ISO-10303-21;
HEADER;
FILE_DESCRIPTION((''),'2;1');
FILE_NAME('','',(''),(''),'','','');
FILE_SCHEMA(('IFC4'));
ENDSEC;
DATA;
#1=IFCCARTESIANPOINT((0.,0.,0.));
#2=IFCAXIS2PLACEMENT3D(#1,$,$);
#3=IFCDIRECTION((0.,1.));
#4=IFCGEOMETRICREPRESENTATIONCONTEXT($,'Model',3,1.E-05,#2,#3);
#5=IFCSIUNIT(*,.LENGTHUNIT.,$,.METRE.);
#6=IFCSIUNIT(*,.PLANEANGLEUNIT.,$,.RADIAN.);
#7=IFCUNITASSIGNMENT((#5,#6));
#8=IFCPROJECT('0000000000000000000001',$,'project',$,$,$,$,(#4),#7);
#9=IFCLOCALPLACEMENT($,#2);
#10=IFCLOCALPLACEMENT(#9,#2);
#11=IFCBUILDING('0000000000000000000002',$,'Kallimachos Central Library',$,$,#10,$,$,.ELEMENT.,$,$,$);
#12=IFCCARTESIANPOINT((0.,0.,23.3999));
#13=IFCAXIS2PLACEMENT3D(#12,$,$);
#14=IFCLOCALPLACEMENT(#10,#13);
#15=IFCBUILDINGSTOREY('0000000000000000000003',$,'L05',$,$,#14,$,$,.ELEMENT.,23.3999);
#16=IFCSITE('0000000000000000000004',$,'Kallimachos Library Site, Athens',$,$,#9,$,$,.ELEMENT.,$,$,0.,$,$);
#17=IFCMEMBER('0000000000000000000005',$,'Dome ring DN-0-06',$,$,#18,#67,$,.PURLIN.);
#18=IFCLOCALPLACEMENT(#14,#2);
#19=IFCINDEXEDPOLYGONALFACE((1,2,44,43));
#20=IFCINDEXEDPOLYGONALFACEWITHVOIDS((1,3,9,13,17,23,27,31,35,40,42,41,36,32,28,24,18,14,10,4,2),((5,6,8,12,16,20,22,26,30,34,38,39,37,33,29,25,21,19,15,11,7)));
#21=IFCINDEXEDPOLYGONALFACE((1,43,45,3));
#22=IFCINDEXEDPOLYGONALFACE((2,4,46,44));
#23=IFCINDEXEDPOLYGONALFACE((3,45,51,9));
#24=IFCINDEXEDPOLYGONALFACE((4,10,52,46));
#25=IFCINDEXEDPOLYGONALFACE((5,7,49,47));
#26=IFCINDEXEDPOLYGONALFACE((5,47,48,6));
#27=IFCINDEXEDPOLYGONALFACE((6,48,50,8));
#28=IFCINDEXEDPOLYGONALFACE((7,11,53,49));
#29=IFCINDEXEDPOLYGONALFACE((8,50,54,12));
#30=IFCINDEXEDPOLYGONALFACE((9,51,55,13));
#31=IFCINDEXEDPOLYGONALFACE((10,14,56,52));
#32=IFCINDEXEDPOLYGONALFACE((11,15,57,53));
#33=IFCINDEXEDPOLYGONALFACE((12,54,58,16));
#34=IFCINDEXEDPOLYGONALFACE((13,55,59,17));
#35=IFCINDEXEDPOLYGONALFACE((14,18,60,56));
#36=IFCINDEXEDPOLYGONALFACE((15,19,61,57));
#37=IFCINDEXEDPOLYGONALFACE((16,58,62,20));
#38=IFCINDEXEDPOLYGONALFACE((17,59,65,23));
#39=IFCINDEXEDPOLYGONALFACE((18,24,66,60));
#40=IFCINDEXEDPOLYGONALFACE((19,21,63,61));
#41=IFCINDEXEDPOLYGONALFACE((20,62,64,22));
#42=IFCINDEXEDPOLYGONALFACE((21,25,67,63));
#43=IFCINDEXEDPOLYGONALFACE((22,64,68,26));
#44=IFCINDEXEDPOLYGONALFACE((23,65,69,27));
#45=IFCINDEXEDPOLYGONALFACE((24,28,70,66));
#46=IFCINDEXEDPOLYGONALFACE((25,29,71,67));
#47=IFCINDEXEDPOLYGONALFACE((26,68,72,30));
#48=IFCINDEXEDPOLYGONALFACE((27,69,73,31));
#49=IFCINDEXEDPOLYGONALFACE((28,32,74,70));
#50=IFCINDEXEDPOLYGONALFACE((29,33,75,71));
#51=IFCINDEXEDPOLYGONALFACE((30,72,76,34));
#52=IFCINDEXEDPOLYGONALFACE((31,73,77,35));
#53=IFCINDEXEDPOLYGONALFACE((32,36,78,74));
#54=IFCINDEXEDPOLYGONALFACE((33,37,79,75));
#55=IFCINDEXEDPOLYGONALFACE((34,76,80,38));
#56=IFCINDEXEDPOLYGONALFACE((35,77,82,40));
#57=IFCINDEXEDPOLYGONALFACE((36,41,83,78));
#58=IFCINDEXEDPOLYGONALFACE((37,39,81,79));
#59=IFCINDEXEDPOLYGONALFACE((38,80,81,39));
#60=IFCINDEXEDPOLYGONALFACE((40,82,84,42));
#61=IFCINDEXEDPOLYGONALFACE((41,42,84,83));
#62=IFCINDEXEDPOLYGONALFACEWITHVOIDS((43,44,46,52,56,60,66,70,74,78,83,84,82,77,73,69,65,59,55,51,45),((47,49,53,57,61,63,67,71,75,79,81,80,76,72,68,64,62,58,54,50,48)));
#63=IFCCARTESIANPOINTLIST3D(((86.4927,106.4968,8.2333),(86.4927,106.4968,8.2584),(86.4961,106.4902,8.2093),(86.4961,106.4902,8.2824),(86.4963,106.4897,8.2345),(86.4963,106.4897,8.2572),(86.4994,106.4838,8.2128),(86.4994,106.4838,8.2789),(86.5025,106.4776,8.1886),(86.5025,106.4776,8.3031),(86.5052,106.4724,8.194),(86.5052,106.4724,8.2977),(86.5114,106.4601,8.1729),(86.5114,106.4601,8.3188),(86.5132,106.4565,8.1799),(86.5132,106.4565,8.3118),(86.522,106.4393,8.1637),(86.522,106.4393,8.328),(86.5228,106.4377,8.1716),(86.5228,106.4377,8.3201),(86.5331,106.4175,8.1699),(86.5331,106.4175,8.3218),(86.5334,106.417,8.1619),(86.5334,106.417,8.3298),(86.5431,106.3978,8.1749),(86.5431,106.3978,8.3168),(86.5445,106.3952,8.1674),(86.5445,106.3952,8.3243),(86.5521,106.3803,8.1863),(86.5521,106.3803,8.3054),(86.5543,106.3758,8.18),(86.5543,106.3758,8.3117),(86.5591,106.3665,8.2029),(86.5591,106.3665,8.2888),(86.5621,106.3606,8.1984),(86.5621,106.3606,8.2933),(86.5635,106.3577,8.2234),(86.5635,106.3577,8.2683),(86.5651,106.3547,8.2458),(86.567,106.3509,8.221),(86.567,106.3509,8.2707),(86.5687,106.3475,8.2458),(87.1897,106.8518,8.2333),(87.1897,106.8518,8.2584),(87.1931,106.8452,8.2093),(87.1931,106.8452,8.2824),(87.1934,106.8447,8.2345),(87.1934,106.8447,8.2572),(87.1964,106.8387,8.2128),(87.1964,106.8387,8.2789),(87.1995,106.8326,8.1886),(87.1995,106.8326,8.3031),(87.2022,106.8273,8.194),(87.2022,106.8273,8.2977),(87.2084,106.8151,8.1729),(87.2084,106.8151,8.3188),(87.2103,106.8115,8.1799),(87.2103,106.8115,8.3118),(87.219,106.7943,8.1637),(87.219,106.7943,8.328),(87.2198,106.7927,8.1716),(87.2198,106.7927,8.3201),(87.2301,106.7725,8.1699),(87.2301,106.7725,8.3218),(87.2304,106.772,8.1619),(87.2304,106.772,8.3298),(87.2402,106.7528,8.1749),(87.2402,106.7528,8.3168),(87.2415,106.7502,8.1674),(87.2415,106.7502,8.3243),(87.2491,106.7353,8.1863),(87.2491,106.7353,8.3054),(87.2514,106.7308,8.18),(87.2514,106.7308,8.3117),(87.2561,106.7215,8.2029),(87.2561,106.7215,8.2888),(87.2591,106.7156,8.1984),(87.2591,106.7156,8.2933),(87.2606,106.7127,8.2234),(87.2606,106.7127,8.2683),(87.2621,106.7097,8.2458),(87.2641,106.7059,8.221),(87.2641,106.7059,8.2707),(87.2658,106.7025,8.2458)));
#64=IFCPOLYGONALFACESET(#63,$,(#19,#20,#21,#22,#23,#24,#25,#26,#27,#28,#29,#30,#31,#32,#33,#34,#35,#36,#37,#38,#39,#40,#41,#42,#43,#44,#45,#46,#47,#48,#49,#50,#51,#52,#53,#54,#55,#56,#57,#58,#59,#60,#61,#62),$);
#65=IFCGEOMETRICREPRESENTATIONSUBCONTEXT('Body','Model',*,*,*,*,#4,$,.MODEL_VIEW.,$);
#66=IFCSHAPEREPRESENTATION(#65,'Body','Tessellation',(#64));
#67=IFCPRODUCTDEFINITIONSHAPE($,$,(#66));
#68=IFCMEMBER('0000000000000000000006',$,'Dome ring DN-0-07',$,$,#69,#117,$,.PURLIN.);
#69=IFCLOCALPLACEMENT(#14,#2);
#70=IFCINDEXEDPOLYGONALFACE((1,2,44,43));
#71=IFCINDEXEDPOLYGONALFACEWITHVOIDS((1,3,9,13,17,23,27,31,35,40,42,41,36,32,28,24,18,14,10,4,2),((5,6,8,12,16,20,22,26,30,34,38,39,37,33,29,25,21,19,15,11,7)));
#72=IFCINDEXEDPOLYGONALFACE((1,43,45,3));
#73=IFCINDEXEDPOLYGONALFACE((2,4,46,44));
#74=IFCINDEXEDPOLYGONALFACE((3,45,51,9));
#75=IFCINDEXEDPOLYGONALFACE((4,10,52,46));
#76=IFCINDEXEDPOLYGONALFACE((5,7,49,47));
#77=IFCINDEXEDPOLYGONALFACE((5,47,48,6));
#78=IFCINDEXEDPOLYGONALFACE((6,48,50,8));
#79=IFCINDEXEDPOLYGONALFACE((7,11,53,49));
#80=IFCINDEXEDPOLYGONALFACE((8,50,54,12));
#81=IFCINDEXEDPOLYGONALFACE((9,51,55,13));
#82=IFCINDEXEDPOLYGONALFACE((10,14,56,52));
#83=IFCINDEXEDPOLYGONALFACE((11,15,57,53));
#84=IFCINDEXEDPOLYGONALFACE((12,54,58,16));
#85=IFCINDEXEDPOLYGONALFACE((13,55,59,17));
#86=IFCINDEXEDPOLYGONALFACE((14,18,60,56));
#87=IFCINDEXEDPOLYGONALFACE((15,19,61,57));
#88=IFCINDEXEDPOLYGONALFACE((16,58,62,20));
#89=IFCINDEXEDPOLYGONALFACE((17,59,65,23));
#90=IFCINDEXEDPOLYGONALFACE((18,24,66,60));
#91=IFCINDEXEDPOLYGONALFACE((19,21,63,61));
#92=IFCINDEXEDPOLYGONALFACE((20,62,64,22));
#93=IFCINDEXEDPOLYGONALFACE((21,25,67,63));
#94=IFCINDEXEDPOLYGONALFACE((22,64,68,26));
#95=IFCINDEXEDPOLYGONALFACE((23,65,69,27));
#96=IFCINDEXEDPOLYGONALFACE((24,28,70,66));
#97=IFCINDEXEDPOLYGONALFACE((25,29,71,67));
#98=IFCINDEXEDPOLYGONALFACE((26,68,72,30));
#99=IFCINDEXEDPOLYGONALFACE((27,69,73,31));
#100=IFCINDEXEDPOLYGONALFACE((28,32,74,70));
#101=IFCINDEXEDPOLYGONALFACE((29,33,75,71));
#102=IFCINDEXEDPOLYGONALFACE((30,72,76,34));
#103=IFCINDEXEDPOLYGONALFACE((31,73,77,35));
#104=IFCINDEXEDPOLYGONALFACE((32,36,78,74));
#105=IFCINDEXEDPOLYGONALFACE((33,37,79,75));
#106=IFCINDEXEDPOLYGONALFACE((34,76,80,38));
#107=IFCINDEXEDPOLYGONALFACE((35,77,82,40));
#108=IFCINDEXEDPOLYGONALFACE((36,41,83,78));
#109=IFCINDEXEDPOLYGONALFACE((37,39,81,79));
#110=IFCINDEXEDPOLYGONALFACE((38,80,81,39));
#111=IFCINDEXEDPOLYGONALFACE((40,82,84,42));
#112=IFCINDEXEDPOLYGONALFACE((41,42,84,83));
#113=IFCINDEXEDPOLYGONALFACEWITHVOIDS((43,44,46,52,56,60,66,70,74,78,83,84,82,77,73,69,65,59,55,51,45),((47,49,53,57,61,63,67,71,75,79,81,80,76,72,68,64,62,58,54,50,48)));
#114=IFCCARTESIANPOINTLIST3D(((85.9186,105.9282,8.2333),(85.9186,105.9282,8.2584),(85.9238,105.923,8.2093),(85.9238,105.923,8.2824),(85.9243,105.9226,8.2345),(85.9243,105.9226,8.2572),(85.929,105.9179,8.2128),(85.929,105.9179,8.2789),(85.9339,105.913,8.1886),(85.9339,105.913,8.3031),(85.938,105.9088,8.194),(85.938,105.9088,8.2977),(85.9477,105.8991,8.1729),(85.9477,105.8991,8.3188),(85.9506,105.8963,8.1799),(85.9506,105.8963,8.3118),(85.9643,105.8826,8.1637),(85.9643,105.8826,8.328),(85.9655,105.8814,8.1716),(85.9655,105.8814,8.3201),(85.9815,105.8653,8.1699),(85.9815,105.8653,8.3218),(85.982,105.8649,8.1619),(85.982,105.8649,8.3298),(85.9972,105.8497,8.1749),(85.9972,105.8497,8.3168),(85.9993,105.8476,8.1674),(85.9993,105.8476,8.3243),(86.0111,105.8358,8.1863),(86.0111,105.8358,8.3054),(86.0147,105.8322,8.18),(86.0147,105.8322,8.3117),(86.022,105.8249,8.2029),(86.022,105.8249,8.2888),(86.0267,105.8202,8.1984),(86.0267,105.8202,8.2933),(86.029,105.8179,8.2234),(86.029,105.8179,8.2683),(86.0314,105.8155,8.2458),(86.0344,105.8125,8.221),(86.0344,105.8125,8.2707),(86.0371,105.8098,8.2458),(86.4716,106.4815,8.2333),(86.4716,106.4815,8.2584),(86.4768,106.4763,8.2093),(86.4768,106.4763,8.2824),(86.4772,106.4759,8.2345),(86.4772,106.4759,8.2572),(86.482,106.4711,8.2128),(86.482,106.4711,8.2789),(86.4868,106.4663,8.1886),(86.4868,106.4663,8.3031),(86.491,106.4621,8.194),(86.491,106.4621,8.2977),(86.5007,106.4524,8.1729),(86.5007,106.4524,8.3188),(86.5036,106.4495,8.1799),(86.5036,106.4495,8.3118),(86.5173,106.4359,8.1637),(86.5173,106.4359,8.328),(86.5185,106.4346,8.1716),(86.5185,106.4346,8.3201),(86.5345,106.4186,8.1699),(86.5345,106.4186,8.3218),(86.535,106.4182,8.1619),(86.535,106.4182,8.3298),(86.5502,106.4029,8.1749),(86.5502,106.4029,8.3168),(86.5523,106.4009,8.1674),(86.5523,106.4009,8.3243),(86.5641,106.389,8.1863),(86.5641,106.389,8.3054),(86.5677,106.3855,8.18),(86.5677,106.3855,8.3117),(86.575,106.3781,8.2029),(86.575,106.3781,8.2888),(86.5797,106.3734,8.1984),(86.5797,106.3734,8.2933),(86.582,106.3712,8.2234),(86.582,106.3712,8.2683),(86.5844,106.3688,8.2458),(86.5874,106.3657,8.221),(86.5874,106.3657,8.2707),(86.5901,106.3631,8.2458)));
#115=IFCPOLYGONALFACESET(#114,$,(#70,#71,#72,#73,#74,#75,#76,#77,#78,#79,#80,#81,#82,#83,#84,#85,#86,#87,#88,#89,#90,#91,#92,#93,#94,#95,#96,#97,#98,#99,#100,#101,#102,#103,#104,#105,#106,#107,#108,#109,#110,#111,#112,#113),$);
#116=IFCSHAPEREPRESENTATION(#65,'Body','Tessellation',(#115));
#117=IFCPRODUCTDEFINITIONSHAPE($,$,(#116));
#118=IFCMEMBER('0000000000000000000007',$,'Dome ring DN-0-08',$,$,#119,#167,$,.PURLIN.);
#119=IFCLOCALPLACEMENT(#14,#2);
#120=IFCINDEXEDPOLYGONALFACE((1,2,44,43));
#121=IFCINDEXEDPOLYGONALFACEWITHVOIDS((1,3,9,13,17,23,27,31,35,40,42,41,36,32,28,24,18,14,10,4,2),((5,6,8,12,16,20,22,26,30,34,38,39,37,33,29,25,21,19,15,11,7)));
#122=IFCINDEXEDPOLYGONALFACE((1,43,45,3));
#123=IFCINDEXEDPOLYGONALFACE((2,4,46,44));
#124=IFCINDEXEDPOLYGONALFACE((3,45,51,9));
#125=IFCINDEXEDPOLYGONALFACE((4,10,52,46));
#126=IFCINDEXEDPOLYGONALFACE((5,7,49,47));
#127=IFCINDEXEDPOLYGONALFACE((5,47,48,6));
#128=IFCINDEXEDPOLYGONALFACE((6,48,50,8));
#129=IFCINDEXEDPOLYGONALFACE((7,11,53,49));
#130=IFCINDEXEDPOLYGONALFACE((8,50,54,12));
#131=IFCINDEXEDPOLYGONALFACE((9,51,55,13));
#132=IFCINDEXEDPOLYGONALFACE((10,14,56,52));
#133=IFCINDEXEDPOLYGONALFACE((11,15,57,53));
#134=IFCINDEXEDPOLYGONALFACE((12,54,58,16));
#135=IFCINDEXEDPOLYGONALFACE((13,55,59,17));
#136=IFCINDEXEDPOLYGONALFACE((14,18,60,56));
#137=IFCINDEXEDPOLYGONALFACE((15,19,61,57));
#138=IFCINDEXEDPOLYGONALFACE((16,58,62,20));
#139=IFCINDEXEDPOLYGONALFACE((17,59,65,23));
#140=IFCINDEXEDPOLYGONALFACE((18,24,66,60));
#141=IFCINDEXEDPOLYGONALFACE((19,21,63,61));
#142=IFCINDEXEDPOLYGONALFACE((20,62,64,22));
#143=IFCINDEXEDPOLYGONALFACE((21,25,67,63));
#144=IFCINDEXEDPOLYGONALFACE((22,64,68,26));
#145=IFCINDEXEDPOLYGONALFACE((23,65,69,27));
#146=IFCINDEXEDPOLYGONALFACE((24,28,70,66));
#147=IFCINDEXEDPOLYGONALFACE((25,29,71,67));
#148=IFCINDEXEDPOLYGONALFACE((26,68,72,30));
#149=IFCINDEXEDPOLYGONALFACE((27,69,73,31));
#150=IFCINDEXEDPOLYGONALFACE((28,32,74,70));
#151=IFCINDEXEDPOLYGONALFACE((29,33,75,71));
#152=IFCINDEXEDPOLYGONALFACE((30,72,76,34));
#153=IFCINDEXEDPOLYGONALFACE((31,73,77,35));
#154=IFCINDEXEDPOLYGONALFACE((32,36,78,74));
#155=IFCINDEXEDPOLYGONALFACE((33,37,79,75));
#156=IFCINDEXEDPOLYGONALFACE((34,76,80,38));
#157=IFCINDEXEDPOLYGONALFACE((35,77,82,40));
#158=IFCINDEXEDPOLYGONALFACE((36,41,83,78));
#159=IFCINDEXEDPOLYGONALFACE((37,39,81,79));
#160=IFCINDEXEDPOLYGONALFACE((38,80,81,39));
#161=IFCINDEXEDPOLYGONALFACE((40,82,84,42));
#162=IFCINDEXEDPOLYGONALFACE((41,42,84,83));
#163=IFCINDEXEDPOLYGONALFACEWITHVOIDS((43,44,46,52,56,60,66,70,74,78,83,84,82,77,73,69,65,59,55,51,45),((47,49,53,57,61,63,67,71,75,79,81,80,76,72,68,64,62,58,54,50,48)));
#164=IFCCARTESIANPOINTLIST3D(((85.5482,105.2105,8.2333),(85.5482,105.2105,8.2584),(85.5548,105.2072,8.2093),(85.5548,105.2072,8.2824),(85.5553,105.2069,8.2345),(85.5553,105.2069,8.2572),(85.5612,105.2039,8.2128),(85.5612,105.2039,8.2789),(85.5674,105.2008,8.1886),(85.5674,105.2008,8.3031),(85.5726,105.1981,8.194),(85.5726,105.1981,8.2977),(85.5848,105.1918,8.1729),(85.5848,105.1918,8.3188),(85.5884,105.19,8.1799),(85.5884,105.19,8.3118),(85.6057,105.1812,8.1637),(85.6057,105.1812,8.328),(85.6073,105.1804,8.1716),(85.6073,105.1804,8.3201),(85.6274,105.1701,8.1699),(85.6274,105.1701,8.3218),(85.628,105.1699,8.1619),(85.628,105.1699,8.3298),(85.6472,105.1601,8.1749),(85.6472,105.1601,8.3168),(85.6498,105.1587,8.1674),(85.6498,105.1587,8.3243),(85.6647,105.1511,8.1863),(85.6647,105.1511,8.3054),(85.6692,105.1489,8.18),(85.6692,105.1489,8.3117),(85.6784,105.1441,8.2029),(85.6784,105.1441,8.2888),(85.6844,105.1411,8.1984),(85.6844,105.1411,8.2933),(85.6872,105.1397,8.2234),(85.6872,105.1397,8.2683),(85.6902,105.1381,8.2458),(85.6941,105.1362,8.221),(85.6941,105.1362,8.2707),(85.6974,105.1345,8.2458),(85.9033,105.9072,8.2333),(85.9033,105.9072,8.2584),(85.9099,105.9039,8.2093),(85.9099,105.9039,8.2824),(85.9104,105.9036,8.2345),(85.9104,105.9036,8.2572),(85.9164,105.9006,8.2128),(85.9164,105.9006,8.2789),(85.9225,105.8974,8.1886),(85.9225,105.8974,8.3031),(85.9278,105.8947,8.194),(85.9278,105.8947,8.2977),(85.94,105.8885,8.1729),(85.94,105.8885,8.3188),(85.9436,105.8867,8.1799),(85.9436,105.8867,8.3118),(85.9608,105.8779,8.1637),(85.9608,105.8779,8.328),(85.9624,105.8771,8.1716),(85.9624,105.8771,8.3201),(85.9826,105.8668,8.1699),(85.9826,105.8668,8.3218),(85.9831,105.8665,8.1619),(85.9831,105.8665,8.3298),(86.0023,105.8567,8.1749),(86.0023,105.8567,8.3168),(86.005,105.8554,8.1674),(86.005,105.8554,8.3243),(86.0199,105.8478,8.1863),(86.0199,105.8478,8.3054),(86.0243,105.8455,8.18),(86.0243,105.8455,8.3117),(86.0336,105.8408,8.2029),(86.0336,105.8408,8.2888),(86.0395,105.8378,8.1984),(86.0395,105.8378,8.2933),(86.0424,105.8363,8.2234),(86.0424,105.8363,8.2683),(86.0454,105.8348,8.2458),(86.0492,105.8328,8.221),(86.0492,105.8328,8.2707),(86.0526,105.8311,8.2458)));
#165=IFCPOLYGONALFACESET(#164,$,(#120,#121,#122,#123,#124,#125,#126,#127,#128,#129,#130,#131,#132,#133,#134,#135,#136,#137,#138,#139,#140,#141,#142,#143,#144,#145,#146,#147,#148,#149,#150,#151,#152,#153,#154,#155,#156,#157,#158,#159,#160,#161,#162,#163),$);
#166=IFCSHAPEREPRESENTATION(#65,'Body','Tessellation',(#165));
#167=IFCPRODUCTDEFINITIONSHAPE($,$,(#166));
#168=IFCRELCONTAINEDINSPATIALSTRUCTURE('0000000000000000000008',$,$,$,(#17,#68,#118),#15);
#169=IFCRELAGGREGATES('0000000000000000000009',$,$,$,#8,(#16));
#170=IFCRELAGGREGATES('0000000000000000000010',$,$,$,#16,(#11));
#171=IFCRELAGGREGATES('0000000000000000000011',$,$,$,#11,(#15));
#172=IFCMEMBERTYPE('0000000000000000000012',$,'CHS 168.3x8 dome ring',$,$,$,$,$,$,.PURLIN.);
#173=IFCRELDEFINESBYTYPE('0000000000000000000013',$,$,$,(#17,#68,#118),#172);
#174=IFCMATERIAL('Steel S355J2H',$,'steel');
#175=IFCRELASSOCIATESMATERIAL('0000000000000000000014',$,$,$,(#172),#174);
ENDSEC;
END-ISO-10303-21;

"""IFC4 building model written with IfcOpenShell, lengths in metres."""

from ifc_helpers import new_model, si_unit, direction, frame, origin, origin_2d, place, context, subcontext, project, spatial, hollow_circle, extrude, material, material_profile, profile_set, type_object, element, save


model = new_model("IFC4")

# Units and contexts
model_context = context("Model", 3, precision=1e-05, world=origin(), true_north=direction((0.0, 1.0)))
body_context = subcontext(model_context, "Body", "Model", "MODEL_VIEW")
ifc_project = project(units=[si_unit("LENGTHUNIT", "METRE"), si_unit("PLANEANGLEUNIT", "RADIAN")], contexts=[model_context])

# Site, building, storey
site_placement = place(None, origin())
site = spatial("IfcSite", under=ifc_project, at=site_placement, Name="Kallimachos Library Site, Athens", CompositionType="ELEMENT", RefElevation=0.0)
building_placement = place(site_placement, origin())
building = spatial("IfcBuilding", under=site, at=building_placement, Name="Kallimachos Central Library", CompositionType="ELEMENT")
storey_placement = place(building_placement, frame((0.0, 0.0, 23.3999)))
storey = spatial("IfcBuildingStorey", under=building, at=storey_placement, Name="L05", CompositionType="ELEMENT", Elevation=23.3999)

# Members
ifc_material_1 = material(Name="Steel S355J2H", Category="steel")
ifc_material_profile_1 = material_profile(ifc_material_1, hollow_circle(Radius=0.0842, WallThickness=0.0081, at=origin_2d()), Name="CHS 168.3x8")
ifc_profile_set_1 = profile_set([ifc_material_profile_1], Name="Steel S355J2H")
member_type_1 = type_object("IfcMemberType", Name="CHS 168.3x8 dome ring", PredefinedType="PURLIN", material=ifc_profile_set_1)
for number, where, z_axis, x_axis, name in (
    (1, (87.2275, 106.7776, 8.2458), (-0.891094, -0.453818, 0.0), (0.453818, -0.891094, 0.0), "Dome ring DN-0-06"),
    (2, (86.5305, 106.4226, 8.2458), (-0.706951, -0.707263, 0.0), (0.707263, -0.706951, 0.0), "Dome ring DN-0-07"),
):
    element("IfcMember", number, at=place(storey_placement, frame(where, z_axis=z_axis, x_axis=x_axis)), inside=storey, type_object=member_type_1, Name=name, PredefinedType="PURLIN", context=body_context, shape_type="SweptSolid", body=[
        extrude(hollow_circle(Radius=0.0842, WallThickness=0.0081, at=origin_2d()), origin(), (0.0, 0.0, 1.0), 0.7822),
    ])
member_1_placement = place(storey_placement, frame((85.9775, 105.8694, 8.2458), z_axis=(-0.454192, -0.890904, 0.0), x_axis=(0.890904, -0.454192, 0.0)))
element("IfcMember", 3, at=member_1_placement, inside=storey, type_object=member_type_1, Name="Dome ring DN-0-08", PredefinedType="PURLIN", context=body_context, shape_type="SweptSolid", body=[
    extrude(hollow_circle(Radius=0.0842, WallThickness=0.0081, at=origin_2d()), origin(), (0.0, 0.0, 1.0), 0.782),
])

save(model, "model.ifc")
